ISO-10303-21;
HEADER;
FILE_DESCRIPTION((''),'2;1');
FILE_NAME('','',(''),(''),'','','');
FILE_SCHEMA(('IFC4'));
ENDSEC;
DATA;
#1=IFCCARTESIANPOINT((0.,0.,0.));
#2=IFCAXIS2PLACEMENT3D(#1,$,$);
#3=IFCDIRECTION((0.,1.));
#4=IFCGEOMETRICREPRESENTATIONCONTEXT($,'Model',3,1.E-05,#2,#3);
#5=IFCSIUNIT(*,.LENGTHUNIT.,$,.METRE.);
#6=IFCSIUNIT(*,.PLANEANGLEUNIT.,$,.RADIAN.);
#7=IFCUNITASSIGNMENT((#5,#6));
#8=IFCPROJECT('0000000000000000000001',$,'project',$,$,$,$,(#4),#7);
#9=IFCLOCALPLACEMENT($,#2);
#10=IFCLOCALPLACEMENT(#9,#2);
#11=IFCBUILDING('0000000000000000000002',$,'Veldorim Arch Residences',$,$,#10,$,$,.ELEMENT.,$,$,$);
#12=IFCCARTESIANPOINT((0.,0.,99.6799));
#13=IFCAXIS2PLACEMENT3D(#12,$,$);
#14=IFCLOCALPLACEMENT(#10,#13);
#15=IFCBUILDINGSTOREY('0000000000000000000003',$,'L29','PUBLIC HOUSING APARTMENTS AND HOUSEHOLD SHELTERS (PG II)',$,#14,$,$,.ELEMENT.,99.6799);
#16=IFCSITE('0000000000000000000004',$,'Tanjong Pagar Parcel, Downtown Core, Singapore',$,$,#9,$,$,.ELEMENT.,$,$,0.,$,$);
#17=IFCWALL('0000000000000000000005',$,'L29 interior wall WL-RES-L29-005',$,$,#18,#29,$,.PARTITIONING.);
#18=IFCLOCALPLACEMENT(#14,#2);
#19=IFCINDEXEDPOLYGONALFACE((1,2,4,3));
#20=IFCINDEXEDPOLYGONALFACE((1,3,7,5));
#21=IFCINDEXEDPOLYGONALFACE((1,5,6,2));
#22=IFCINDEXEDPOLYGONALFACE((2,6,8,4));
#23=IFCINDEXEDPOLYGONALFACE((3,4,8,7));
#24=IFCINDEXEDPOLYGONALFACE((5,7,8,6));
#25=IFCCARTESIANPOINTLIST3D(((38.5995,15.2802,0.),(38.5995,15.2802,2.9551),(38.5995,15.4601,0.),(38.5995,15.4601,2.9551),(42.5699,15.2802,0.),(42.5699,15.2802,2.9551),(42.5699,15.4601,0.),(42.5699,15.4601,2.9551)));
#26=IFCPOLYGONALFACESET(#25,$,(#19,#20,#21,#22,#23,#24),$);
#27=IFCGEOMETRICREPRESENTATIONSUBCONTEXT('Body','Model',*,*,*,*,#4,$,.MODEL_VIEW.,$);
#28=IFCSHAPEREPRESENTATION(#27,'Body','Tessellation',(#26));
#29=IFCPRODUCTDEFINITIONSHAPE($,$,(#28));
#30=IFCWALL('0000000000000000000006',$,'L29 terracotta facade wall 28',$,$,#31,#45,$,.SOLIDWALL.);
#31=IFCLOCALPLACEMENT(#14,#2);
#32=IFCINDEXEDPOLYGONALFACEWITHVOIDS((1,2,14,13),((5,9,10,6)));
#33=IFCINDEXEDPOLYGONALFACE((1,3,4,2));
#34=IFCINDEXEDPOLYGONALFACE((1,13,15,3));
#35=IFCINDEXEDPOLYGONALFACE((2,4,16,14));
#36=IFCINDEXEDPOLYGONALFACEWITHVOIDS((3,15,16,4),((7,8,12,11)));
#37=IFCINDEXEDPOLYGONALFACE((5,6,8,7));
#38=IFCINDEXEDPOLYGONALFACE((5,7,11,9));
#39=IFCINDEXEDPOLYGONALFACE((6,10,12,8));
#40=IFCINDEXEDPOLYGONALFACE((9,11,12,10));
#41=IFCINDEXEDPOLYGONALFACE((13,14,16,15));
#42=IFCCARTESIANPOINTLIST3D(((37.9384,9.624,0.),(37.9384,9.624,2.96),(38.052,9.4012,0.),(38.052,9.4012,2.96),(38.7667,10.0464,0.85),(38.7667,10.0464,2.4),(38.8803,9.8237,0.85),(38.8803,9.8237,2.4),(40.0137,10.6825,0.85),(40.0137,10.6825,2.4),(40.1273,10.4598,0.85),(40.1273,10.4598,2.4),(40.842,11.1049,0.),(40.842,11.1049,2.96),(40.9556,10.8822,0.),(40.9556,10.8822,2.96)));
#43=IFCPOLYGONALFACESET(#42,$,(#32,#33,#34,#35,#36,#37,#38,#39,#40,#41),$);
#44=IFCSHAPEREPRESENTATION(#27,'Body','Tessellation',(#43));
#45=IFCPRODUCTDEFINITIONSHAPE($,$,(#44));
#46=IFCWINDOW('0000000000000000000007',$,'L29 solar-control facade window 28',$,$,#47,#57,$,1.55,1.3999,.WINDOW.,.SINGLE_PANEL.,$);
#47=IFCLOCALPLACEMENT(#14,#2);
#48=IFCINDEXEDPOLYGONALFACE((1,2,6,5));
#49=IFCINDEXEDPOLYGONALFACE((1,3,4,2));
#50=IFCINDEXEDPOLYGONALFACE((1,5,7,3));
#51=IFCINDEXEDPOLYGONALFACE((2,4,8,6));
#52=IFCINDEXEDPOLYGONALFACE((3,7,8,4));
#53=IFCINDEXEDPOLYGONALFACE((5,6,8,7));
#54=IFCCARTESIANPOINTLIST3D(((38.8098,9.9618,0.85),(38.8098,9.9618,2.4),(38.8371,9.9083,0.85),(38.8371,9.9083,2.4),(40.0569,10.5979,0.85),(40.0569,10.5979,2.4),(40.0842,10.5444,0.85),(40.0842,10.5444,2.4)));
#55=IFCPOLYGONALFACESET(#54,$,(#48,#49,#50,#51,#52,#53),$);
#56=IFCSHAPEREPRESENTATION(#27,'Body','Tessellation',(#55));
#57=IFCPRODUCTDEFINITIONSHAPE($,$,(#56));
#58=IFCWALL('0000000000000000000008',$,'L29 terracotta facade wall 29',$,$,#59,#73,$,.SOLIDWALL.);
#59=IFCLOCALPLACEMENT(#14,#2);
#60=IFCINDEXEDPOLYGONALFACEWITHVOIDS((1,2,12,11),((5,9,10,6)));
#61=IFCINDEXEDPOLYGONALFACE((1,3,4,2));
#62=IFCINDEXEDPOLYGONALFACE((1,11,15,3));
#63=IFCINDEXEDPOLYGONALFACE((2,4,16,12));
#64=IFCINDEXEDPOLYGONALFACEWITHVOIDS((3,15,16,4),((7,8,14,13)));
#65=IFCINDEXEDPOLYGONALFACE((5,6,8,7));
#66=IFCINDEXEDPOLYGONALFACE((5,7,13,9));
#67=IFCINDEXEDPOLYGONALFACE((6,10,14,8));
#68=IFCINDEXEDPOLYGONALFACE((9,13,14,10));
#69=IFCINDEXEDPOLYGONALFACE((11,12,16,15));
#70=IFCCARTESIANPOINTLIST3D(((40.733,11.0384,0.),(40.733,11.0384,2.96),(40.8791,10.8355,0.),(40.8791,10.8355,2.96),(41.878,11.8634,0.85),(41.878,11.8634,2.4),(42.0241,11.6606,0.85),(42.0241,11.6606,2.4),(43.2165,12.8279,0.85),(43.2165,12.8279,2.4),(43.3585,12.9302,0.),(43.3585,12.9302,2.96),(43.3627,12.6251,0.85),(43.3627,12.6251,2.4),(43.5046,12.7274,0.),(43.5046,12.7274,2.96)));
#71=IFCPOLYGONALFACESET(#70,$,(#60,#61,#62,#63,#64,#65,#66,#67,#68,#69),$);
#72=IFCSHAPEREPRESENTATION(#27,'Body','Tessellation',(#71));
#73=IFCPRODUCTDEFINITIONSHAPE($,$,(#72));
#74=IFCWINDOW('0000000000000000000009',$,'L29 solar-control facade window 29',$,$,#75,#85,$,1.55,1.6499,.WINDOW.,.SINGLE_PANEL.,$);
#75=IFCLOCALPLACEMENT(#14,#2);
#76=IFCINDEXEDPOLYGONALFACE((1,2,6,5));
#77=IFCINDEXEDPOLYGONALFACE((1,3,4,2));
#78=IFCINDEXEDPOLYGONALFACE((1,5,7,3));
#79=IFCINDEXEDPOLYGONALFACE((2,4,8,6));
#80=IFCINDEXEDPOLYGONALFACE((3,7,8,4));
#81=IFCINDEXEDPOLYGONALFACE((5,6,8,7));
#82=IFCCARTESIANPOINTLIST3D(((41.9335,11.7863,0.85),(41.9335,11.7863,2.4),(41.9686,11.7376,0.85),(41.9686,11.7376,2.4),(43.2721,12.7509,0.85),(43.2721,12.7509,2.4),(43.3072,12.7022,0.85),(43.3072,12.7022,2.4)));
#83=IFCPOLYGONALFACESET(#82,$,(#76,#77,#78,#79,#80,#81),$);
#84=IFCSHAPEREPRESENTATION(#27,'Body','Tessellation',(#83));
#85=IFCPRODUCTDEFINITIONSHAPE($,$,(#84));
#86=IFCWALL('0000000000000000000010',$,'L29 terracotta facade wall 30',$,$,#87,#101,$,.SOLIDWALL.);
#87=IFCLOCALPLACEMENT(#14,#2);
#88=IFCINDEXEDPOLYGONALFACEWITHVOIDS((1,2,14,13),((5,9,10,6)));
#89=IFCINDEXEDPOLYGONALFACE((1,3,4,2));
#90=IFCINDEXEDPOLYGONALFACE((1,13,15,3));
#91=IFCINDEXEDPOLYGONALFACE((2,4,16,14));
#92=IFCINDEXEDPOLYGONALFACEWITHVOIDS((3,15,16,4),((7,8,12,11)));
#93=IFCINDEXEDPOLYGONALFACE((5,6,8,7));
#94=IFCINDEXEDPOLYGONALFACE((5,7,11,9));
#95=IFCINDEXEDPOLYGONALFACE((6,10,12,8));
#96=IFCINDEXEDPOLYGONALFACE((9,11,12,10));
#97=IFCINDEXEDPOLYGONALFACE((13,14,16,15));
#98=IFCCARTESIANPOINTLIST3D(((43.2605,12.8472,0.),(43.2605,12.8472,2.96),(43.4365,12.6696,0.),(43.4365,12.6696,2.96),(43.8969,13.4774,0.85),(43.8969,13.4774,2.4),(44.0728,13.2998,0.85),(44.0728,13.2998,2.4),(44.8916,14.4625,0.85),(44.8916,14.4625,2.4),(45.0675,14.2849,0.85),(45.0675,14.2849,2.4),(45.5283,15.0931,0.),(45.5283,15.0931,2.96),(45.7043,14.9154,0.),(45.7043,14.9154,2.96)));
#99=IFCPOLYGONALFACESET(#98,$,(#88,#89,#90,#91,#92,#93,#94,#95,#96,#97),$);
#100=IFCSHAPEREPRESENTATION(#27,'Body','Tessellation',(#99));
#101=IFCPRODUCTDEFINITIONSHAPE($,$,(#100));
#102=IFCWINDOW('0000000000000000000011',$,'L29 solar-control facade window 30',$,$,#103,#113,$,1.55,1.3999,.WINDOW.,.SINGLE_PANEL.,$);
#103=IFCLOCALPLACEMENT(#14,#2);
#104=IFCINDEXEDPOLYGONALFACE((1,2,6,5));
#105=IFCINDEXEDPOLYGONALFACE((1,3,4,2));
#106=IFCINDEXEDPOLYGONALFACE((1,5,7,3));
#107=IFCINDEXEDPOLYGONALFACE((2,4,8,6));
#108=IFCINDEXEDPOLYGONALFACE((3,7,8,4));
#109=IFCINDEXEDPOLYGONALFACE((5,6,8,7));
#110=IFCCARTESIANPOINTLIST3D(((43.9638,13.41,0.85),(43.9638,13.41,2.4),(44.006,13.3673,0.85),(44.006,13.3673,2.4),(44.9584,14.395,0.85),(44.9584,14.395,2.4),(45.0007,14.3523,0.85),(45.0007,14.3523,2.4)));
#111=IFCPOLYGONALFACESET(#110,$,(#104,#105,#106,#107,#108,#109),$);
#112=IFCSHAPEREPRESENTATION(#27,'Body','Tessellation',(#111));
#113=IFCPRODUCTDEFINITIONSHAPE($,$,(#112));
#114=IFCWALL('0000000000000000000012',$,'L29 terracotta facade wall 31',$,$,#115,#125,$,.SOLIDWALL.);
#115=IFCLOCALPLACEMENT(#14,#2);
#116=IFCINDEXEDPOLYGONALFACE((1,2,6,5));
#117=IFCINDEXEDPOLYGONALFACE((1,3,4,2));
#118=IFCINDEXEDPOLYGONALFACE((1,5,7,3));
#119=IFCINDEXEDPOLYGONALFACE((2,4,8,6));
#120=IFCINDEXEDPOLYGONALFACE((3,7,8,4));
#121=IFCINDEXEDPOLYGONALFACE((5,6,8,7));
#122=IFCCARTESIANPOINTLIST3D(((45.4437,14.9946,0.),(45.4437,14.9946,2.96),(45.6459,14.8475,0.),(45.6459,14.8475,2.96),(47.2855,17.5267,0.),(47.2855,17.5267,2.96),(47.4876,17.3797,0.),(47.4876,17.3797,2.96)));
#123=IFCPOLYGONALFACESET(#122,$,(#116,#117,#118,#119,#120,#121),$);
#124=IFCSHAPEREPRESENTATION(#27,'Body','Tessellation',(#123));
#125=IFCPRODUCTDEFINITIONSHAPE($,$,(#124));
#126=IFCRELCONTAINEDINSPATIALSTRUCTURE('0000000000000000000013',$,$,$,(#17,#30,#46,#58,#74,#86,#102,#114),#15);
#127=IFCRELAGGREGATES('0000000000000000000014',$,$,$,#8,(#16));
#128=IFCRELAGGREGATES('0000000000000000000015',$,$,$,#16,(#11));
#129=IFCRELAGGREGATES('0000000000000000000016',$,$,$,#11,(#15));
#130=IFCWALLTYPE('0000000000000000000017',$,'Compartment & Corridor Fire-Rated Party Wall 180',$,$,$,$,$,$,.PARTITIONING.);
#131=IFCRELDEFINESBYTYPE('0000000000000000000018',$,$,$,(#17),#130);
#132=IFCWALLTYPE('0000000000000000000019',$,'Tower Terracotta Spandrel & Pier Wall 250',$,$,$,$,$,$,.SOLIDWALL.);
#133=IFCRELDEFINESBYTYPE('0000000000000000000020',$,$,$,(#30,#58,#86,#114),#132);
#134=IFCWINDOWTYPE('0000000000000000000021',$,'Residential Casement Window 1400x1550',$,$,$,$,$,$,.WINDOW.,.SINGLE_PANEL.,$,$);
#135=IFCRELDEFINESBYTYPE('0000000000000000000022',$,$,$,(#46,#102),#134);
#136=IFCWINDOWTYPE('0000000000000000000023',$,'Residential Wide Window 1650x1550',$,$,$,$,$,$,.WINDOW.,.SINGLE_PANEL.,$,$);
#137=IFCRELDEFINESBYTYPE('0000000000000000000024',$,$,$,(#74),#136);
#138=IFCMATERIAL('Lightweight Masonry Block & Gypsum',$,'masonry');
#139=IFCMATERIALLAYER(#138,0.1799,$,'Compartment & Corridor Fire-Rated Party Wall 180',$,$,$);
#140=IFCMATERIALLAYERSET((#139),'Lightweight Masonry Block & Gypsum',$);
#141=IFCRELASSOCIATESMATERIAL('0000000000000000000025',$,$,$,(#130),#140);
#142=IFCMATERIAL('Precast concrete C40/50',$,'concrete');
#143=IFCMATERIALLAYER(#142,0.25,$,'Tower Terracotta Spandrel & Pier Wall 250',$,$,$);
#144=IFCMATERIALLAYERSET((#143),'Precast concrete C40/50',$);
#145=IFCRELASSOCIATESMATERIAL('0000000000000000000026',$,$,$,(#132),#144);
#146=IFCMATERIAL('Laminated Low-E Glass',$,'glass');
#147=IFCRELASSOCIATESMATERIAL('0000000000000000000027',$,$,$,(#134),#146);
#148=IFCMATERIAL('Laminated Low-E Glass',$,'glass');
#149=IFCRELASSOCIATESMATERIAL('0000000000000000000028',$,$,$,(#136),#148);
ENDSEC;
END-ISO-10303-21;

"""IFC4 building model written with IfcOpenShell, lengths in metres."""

from ifc_helpers import new_model, si_unit, direction, frame, frame_2d, origin, place, context, subcontext, project, spatial, rectangle, extrude, material, layer, layer_set, type_object, element, fill, save


model = new_model("IFC4")

# Units and contexts
model_context = context("Model", 3, precision=1e-05, world=origin(), true_north=direction((0.0, 1.0)))
body_context = subcontext(model_context, "Body", "Model", "MODEL_VIEW")
ifc_project = project(units=[si_unit("LENGTHUNIT", "METRE"), si_unit("PLANEANGLEUNIT", "RADIAN")], contexts=[model_context])

# Site, building, storey
site_placement = place(None, origin())
site = spatial("IfcSite", under=ifc_project, at=site_placement, Name="Tanjong Pagar Parcel, Downtown Core, Singapore", CompositionType="ELEMENT", RefElevation=0.0)
building_placement = place(site_placement, origin())
building = spatial("IfcBuilding", under=site, at=building_placement, Name="Veldorim Arch Residences", CompositionType="ELEMENT")
storey_placement = place(building_placement, frame((0.0, 0.0, 99.6799)))
storey = spatial("IfcBuildingStorey", under=building, at=storey_placement, Name="L29", Description="PUBLIC HOUSING APARTMENTS AND HOUSEHOLD SHELTERS (PG II)", CompositionType="ELEMENT", Elevation=99.6799)

# Wall
ifc_material_1 = material(Name="Lightweight Masonry Block & Gypsum", Category="masonry")
ifc_layer_1 = layer(ifc_material_1, 0.1799, Name="Compartment & Corridor Fire-Rated Party Wall 180")
ifc_layer_set_1 = layer_set([ifc_layer_1], Name="Lightweight Masonry Block & Gypsum")
wall_type_1 = type_object("IfcWallType", Name="Compartment & Corridor Fire-Rated Party Wall 180", PredefinedType="PARTITIONING", material=ifc_layer_set_1)
wall_1_placement = place(storey_placement, frame((42.5701, 15.3701, 0.0), z_axis=(0.0, 0.0, 1.0), x_axis=(-1.0, 0.0, 0.0)))
element("IfcWall", 1, at=wall_1_placement, inside=storey, type_object=wall_type_1, Name="L29 interior wall WL-RES-L29-005", PredefinedType="PARTITIONING", context=body_context, shape_type="SweptSolid", body=[
    extrude(rectangle(XDim=3.9705, YDim=0.1799, at=frame_2d((1.9854, 0.0))), origin(), (0.0, 0.0, 1.0), 2.9551),
])

# Walls, openings, windows
ifc_material_2 = material(Name="Precast concrete C40/50", Category="concrete")
ifc_layer_2 = layer(ifc_material_2, 0.25, Name="Tower Terracotta Spandrel & Pier Wall 250")
ifc_layer_set_2 = layer_set([ifc_layer_2], Name="Precast concrete C40/50")
wall_type_2 = type_object("IfcWallType", Name="Tower Terracotta Spandrel & Pier Wall 250", PredefinedType="SOLIDWALL", material=ifc_layer_set_2)
wall_2_placement = place(storey_placement, frame((40.8989, 10.9937, 0.0), z_axis=(0.0, 0.0, 1.0), x_axis=(-0.890818, -0.45436, 0.0)))
wall_2 = element("IfcWall", 2, at=wall_2_placement, inside=storey, type_object=wall_type_2, Name="L29 terracotta facade wall 28", PredefinedType="SOLIDWALL", context=body_context, shape_type="SweptSolid", body=[
    extrude(rectangle(XDim=3.2595, YDim=0.25, at=frame_2d((1.6299, 0.0))), origin(), (0.0, 0.0, 1.0), 2.96),
])
opening_1_placement = place(wall_2_placement, frame((0.9299, 0.0, 0.8501)))
opening_1 = element("IfcOpeningElement", 3, at=opening_1_placement, cuts=wall_2, PredefinedType="OPENING", context=body_context, shape_type="SweptSolid", body=[
    extrude(rectangle(XDim=1.3999, YDim=1.55, at=frame_2d((0.7, 0.7749))), frame((0.0, 0.135, 0.0), z_axis=(0.0, -1.0, 0.0), x_axis=(1.0, 0.0, 0.0)), (0.0, 0.0, 1.0), 0.27),
])
ifc_material_3 = material(Name="Laminated Low-E Glass", Category="glass")
window_type_1 = type_object("IfcWindowType", Name="Residential Casement Window 1400x1550", PartitioningType="SINGLE_PANEL", PredefinedType="WINDOW", material=ifc_material_3)
window_1_placement = place(opening_1_placement, origin())
window_1 = element("IfcWindow", 4, at=window_1_placement, inside=storey, type_object=window_type_1, Name="L29 solar-control facade window 28", OverallHeight=1.55, OverallWidth=1.3999, PartitioningType="SINGLE_PANEL", PredefinedType="WINDOW", context=body_context, shape_type="SweptSolid", body=[
    extrude(rectangle(XDim=1.3999, YDim=1.55, at=frame_2d((0.7, 0.7749))), frame((0.0, 0.03, 0.0), z_axis=(0.0, -1.0, 0.0), x_axis=(1.0, 0.0, 0.0)), (0.0, 0.0, 1.0), 0.0601),
])
fill(opening_1, window_1)
wall_3_placement = place(storey_placement, frame((43.4316, 12.8289, 0.0), z_axis=(0.0, 0.0, 1.0), x_axis=(-0.811315, -0.584609, 0.0)))
wall_3 = element("IfcWall", 5, at=wall_3_placement, inside=storey, type_object=wall_type_2, Name="L29 terracotta facade wall 29", PredefinedType="SOLIDWALL", context=body_context, shape_type="SweptSolid", body=[
    extrude(rectangle(XDim=3.2361, YDim=0.25, at=frame_2d((1.6182, 0.0))), origin(), (0.0, 0.0, 1.0), 2.96),
])
opening_2_placement = place(wall_3_placement, frame((0.175, 0.0, 0.8501)))
opening_2 = element("IfcOpeningElement", 6, at=opening_2_placement, cuts=wall_3, PredefinedType="OPENING", context=body_context, shape_type="SweptSolid", body=[
    extrude(rectangle(XDim=1.6499, YDim=1.55, at=frame_2d((0.825, 0.7749))), frame((0.0, 0.135, 0.0), z_axis=(0.0, -1.0, 0.0), x_axis=(1.0, 0.0, 0.0)), (0.0, 0.0, 1.0), 0.27),
])
ifc_material_4 = material(Name="Laminated Low-E Glass", Category="glass")
window_type_2 = type_object("IfcWindowType", Name="Residential Wide Window 1650x1550", PartitioningType="SINGLE_PANEL", PredefinedType="WINDOW", material=ifc_material_4)
window_2_placement = place(opening_2_placement, origin())
window_2 = element("IfcWindow", 7, at=window_2_placement, inside=storey, type_object=window_type_2, Name="L29 solar-control facade window 29", OverallHeight=1.55, OverallWidth=1.6499, PartitioningType="SINGLE_PANEL", PredefinedType="WINDOW", context=body_context, shape_type="SweptSolid", body=[
    extrude(rectangle(XDim=1.6499, YDim=1.55, at=frame_2d((0.825, 0.7749))), frame((0.0, 0.03, 0.0), z_axis=(0.0, -1.0, 0.0), x_axis=(1.0, 0.0, 0.0)), (0.0, 0.0, 1.0), 0.0601),
])
fill(opening_2, window_2)
wall_4_placement = place(storey_placement, frame((45.6162, 15.0042, 0.0), z_axis=(0.0, 0.0, 1.0), x_axis=(-0.710541, -0.703656, 0.0)))
wall_4 = element("IfcWall", 8, at=wall_4_placement, inside=storey, type_object=wall_type_2, Name="L29 terracotta facade wall 30", PredefinedType="SOLIDWALL", context=body_context, shape_type="SweptSolid", body=[
    extrude(rectangle(XDim=3.1917, YDim=0.25, at=frame_2d((1.5957, 0.0))), origin(), (0.0, 0.0, 1.0), 2.96),
])
opening_3_placement = place(wall_4_placement, frame((0.896, 0.0, 0.8501)))
opening_3 = element("IfcOpeningElement", 9, at=opening_3_placement, cuts=wall_4, PredefinedType="OPENING", context=body_context, shape_type="SweptSolid", body=[
    extrude(rectangle(XDim=1.3999, YDim=1.55, at=frame_2d((0.7, 0.7749))), frame((0.0, 0.135, 0.0), z_axis=(0.0, -1.0, 0.0), x_axis=(1.0, 0.0, 0.0)), (0.0, 0.0, 1.0), 0.27),
])
window_3_placement = place(opening_3_placement, origin())
window_3 = element("IfcWindow", 10, at=window_3_placement, inside=storey, type_object=window_type_1, Name="L29 solar-control facade window 30", OverallHeight=1.55, OverallWidth=1.3999, PartitioningType="SINGLE_PANEL", PredefinedType="WINDOW", context=body_context, shape_type="SweptSolid", body=[
    extrude(rectangle(XDim=1.3999, YDim=1.55, at=frame_2d((0.7, 0.7749))), frame((0.0, 0.03, 0.0), z_axis=(0.0, -1.0, 0.0), x_axis=(1.0, 0.0, 0.0)), (0.0, 0.0, 1.0), 0.0601),
])
fill(opening_3, window_3)

# Wall
wall_5_placement = place(storey_placement, frame((47.3865, 17.4531, 0.0), z_axis=(0.0, 0.0, 1.0), x_axis=(-0.588209, -0.808709, 0.0)))
element("IfcWall", 11, at=wall_5_placement, inside=storey, type_object=wall_type_2, Name="L29 terracotta facade wall 31", PredefinedType="SOLIDWALL", context=body_context, shape_type="SweptSolid", body=[
    extrude(rectangle(XDim=3.1311, YDim=0.25, at=frame_2d((1.5654, 0.0))), origin(), (0.0, 0.0, 1.0), 2.96),
])

save(model, "model.ifc")
